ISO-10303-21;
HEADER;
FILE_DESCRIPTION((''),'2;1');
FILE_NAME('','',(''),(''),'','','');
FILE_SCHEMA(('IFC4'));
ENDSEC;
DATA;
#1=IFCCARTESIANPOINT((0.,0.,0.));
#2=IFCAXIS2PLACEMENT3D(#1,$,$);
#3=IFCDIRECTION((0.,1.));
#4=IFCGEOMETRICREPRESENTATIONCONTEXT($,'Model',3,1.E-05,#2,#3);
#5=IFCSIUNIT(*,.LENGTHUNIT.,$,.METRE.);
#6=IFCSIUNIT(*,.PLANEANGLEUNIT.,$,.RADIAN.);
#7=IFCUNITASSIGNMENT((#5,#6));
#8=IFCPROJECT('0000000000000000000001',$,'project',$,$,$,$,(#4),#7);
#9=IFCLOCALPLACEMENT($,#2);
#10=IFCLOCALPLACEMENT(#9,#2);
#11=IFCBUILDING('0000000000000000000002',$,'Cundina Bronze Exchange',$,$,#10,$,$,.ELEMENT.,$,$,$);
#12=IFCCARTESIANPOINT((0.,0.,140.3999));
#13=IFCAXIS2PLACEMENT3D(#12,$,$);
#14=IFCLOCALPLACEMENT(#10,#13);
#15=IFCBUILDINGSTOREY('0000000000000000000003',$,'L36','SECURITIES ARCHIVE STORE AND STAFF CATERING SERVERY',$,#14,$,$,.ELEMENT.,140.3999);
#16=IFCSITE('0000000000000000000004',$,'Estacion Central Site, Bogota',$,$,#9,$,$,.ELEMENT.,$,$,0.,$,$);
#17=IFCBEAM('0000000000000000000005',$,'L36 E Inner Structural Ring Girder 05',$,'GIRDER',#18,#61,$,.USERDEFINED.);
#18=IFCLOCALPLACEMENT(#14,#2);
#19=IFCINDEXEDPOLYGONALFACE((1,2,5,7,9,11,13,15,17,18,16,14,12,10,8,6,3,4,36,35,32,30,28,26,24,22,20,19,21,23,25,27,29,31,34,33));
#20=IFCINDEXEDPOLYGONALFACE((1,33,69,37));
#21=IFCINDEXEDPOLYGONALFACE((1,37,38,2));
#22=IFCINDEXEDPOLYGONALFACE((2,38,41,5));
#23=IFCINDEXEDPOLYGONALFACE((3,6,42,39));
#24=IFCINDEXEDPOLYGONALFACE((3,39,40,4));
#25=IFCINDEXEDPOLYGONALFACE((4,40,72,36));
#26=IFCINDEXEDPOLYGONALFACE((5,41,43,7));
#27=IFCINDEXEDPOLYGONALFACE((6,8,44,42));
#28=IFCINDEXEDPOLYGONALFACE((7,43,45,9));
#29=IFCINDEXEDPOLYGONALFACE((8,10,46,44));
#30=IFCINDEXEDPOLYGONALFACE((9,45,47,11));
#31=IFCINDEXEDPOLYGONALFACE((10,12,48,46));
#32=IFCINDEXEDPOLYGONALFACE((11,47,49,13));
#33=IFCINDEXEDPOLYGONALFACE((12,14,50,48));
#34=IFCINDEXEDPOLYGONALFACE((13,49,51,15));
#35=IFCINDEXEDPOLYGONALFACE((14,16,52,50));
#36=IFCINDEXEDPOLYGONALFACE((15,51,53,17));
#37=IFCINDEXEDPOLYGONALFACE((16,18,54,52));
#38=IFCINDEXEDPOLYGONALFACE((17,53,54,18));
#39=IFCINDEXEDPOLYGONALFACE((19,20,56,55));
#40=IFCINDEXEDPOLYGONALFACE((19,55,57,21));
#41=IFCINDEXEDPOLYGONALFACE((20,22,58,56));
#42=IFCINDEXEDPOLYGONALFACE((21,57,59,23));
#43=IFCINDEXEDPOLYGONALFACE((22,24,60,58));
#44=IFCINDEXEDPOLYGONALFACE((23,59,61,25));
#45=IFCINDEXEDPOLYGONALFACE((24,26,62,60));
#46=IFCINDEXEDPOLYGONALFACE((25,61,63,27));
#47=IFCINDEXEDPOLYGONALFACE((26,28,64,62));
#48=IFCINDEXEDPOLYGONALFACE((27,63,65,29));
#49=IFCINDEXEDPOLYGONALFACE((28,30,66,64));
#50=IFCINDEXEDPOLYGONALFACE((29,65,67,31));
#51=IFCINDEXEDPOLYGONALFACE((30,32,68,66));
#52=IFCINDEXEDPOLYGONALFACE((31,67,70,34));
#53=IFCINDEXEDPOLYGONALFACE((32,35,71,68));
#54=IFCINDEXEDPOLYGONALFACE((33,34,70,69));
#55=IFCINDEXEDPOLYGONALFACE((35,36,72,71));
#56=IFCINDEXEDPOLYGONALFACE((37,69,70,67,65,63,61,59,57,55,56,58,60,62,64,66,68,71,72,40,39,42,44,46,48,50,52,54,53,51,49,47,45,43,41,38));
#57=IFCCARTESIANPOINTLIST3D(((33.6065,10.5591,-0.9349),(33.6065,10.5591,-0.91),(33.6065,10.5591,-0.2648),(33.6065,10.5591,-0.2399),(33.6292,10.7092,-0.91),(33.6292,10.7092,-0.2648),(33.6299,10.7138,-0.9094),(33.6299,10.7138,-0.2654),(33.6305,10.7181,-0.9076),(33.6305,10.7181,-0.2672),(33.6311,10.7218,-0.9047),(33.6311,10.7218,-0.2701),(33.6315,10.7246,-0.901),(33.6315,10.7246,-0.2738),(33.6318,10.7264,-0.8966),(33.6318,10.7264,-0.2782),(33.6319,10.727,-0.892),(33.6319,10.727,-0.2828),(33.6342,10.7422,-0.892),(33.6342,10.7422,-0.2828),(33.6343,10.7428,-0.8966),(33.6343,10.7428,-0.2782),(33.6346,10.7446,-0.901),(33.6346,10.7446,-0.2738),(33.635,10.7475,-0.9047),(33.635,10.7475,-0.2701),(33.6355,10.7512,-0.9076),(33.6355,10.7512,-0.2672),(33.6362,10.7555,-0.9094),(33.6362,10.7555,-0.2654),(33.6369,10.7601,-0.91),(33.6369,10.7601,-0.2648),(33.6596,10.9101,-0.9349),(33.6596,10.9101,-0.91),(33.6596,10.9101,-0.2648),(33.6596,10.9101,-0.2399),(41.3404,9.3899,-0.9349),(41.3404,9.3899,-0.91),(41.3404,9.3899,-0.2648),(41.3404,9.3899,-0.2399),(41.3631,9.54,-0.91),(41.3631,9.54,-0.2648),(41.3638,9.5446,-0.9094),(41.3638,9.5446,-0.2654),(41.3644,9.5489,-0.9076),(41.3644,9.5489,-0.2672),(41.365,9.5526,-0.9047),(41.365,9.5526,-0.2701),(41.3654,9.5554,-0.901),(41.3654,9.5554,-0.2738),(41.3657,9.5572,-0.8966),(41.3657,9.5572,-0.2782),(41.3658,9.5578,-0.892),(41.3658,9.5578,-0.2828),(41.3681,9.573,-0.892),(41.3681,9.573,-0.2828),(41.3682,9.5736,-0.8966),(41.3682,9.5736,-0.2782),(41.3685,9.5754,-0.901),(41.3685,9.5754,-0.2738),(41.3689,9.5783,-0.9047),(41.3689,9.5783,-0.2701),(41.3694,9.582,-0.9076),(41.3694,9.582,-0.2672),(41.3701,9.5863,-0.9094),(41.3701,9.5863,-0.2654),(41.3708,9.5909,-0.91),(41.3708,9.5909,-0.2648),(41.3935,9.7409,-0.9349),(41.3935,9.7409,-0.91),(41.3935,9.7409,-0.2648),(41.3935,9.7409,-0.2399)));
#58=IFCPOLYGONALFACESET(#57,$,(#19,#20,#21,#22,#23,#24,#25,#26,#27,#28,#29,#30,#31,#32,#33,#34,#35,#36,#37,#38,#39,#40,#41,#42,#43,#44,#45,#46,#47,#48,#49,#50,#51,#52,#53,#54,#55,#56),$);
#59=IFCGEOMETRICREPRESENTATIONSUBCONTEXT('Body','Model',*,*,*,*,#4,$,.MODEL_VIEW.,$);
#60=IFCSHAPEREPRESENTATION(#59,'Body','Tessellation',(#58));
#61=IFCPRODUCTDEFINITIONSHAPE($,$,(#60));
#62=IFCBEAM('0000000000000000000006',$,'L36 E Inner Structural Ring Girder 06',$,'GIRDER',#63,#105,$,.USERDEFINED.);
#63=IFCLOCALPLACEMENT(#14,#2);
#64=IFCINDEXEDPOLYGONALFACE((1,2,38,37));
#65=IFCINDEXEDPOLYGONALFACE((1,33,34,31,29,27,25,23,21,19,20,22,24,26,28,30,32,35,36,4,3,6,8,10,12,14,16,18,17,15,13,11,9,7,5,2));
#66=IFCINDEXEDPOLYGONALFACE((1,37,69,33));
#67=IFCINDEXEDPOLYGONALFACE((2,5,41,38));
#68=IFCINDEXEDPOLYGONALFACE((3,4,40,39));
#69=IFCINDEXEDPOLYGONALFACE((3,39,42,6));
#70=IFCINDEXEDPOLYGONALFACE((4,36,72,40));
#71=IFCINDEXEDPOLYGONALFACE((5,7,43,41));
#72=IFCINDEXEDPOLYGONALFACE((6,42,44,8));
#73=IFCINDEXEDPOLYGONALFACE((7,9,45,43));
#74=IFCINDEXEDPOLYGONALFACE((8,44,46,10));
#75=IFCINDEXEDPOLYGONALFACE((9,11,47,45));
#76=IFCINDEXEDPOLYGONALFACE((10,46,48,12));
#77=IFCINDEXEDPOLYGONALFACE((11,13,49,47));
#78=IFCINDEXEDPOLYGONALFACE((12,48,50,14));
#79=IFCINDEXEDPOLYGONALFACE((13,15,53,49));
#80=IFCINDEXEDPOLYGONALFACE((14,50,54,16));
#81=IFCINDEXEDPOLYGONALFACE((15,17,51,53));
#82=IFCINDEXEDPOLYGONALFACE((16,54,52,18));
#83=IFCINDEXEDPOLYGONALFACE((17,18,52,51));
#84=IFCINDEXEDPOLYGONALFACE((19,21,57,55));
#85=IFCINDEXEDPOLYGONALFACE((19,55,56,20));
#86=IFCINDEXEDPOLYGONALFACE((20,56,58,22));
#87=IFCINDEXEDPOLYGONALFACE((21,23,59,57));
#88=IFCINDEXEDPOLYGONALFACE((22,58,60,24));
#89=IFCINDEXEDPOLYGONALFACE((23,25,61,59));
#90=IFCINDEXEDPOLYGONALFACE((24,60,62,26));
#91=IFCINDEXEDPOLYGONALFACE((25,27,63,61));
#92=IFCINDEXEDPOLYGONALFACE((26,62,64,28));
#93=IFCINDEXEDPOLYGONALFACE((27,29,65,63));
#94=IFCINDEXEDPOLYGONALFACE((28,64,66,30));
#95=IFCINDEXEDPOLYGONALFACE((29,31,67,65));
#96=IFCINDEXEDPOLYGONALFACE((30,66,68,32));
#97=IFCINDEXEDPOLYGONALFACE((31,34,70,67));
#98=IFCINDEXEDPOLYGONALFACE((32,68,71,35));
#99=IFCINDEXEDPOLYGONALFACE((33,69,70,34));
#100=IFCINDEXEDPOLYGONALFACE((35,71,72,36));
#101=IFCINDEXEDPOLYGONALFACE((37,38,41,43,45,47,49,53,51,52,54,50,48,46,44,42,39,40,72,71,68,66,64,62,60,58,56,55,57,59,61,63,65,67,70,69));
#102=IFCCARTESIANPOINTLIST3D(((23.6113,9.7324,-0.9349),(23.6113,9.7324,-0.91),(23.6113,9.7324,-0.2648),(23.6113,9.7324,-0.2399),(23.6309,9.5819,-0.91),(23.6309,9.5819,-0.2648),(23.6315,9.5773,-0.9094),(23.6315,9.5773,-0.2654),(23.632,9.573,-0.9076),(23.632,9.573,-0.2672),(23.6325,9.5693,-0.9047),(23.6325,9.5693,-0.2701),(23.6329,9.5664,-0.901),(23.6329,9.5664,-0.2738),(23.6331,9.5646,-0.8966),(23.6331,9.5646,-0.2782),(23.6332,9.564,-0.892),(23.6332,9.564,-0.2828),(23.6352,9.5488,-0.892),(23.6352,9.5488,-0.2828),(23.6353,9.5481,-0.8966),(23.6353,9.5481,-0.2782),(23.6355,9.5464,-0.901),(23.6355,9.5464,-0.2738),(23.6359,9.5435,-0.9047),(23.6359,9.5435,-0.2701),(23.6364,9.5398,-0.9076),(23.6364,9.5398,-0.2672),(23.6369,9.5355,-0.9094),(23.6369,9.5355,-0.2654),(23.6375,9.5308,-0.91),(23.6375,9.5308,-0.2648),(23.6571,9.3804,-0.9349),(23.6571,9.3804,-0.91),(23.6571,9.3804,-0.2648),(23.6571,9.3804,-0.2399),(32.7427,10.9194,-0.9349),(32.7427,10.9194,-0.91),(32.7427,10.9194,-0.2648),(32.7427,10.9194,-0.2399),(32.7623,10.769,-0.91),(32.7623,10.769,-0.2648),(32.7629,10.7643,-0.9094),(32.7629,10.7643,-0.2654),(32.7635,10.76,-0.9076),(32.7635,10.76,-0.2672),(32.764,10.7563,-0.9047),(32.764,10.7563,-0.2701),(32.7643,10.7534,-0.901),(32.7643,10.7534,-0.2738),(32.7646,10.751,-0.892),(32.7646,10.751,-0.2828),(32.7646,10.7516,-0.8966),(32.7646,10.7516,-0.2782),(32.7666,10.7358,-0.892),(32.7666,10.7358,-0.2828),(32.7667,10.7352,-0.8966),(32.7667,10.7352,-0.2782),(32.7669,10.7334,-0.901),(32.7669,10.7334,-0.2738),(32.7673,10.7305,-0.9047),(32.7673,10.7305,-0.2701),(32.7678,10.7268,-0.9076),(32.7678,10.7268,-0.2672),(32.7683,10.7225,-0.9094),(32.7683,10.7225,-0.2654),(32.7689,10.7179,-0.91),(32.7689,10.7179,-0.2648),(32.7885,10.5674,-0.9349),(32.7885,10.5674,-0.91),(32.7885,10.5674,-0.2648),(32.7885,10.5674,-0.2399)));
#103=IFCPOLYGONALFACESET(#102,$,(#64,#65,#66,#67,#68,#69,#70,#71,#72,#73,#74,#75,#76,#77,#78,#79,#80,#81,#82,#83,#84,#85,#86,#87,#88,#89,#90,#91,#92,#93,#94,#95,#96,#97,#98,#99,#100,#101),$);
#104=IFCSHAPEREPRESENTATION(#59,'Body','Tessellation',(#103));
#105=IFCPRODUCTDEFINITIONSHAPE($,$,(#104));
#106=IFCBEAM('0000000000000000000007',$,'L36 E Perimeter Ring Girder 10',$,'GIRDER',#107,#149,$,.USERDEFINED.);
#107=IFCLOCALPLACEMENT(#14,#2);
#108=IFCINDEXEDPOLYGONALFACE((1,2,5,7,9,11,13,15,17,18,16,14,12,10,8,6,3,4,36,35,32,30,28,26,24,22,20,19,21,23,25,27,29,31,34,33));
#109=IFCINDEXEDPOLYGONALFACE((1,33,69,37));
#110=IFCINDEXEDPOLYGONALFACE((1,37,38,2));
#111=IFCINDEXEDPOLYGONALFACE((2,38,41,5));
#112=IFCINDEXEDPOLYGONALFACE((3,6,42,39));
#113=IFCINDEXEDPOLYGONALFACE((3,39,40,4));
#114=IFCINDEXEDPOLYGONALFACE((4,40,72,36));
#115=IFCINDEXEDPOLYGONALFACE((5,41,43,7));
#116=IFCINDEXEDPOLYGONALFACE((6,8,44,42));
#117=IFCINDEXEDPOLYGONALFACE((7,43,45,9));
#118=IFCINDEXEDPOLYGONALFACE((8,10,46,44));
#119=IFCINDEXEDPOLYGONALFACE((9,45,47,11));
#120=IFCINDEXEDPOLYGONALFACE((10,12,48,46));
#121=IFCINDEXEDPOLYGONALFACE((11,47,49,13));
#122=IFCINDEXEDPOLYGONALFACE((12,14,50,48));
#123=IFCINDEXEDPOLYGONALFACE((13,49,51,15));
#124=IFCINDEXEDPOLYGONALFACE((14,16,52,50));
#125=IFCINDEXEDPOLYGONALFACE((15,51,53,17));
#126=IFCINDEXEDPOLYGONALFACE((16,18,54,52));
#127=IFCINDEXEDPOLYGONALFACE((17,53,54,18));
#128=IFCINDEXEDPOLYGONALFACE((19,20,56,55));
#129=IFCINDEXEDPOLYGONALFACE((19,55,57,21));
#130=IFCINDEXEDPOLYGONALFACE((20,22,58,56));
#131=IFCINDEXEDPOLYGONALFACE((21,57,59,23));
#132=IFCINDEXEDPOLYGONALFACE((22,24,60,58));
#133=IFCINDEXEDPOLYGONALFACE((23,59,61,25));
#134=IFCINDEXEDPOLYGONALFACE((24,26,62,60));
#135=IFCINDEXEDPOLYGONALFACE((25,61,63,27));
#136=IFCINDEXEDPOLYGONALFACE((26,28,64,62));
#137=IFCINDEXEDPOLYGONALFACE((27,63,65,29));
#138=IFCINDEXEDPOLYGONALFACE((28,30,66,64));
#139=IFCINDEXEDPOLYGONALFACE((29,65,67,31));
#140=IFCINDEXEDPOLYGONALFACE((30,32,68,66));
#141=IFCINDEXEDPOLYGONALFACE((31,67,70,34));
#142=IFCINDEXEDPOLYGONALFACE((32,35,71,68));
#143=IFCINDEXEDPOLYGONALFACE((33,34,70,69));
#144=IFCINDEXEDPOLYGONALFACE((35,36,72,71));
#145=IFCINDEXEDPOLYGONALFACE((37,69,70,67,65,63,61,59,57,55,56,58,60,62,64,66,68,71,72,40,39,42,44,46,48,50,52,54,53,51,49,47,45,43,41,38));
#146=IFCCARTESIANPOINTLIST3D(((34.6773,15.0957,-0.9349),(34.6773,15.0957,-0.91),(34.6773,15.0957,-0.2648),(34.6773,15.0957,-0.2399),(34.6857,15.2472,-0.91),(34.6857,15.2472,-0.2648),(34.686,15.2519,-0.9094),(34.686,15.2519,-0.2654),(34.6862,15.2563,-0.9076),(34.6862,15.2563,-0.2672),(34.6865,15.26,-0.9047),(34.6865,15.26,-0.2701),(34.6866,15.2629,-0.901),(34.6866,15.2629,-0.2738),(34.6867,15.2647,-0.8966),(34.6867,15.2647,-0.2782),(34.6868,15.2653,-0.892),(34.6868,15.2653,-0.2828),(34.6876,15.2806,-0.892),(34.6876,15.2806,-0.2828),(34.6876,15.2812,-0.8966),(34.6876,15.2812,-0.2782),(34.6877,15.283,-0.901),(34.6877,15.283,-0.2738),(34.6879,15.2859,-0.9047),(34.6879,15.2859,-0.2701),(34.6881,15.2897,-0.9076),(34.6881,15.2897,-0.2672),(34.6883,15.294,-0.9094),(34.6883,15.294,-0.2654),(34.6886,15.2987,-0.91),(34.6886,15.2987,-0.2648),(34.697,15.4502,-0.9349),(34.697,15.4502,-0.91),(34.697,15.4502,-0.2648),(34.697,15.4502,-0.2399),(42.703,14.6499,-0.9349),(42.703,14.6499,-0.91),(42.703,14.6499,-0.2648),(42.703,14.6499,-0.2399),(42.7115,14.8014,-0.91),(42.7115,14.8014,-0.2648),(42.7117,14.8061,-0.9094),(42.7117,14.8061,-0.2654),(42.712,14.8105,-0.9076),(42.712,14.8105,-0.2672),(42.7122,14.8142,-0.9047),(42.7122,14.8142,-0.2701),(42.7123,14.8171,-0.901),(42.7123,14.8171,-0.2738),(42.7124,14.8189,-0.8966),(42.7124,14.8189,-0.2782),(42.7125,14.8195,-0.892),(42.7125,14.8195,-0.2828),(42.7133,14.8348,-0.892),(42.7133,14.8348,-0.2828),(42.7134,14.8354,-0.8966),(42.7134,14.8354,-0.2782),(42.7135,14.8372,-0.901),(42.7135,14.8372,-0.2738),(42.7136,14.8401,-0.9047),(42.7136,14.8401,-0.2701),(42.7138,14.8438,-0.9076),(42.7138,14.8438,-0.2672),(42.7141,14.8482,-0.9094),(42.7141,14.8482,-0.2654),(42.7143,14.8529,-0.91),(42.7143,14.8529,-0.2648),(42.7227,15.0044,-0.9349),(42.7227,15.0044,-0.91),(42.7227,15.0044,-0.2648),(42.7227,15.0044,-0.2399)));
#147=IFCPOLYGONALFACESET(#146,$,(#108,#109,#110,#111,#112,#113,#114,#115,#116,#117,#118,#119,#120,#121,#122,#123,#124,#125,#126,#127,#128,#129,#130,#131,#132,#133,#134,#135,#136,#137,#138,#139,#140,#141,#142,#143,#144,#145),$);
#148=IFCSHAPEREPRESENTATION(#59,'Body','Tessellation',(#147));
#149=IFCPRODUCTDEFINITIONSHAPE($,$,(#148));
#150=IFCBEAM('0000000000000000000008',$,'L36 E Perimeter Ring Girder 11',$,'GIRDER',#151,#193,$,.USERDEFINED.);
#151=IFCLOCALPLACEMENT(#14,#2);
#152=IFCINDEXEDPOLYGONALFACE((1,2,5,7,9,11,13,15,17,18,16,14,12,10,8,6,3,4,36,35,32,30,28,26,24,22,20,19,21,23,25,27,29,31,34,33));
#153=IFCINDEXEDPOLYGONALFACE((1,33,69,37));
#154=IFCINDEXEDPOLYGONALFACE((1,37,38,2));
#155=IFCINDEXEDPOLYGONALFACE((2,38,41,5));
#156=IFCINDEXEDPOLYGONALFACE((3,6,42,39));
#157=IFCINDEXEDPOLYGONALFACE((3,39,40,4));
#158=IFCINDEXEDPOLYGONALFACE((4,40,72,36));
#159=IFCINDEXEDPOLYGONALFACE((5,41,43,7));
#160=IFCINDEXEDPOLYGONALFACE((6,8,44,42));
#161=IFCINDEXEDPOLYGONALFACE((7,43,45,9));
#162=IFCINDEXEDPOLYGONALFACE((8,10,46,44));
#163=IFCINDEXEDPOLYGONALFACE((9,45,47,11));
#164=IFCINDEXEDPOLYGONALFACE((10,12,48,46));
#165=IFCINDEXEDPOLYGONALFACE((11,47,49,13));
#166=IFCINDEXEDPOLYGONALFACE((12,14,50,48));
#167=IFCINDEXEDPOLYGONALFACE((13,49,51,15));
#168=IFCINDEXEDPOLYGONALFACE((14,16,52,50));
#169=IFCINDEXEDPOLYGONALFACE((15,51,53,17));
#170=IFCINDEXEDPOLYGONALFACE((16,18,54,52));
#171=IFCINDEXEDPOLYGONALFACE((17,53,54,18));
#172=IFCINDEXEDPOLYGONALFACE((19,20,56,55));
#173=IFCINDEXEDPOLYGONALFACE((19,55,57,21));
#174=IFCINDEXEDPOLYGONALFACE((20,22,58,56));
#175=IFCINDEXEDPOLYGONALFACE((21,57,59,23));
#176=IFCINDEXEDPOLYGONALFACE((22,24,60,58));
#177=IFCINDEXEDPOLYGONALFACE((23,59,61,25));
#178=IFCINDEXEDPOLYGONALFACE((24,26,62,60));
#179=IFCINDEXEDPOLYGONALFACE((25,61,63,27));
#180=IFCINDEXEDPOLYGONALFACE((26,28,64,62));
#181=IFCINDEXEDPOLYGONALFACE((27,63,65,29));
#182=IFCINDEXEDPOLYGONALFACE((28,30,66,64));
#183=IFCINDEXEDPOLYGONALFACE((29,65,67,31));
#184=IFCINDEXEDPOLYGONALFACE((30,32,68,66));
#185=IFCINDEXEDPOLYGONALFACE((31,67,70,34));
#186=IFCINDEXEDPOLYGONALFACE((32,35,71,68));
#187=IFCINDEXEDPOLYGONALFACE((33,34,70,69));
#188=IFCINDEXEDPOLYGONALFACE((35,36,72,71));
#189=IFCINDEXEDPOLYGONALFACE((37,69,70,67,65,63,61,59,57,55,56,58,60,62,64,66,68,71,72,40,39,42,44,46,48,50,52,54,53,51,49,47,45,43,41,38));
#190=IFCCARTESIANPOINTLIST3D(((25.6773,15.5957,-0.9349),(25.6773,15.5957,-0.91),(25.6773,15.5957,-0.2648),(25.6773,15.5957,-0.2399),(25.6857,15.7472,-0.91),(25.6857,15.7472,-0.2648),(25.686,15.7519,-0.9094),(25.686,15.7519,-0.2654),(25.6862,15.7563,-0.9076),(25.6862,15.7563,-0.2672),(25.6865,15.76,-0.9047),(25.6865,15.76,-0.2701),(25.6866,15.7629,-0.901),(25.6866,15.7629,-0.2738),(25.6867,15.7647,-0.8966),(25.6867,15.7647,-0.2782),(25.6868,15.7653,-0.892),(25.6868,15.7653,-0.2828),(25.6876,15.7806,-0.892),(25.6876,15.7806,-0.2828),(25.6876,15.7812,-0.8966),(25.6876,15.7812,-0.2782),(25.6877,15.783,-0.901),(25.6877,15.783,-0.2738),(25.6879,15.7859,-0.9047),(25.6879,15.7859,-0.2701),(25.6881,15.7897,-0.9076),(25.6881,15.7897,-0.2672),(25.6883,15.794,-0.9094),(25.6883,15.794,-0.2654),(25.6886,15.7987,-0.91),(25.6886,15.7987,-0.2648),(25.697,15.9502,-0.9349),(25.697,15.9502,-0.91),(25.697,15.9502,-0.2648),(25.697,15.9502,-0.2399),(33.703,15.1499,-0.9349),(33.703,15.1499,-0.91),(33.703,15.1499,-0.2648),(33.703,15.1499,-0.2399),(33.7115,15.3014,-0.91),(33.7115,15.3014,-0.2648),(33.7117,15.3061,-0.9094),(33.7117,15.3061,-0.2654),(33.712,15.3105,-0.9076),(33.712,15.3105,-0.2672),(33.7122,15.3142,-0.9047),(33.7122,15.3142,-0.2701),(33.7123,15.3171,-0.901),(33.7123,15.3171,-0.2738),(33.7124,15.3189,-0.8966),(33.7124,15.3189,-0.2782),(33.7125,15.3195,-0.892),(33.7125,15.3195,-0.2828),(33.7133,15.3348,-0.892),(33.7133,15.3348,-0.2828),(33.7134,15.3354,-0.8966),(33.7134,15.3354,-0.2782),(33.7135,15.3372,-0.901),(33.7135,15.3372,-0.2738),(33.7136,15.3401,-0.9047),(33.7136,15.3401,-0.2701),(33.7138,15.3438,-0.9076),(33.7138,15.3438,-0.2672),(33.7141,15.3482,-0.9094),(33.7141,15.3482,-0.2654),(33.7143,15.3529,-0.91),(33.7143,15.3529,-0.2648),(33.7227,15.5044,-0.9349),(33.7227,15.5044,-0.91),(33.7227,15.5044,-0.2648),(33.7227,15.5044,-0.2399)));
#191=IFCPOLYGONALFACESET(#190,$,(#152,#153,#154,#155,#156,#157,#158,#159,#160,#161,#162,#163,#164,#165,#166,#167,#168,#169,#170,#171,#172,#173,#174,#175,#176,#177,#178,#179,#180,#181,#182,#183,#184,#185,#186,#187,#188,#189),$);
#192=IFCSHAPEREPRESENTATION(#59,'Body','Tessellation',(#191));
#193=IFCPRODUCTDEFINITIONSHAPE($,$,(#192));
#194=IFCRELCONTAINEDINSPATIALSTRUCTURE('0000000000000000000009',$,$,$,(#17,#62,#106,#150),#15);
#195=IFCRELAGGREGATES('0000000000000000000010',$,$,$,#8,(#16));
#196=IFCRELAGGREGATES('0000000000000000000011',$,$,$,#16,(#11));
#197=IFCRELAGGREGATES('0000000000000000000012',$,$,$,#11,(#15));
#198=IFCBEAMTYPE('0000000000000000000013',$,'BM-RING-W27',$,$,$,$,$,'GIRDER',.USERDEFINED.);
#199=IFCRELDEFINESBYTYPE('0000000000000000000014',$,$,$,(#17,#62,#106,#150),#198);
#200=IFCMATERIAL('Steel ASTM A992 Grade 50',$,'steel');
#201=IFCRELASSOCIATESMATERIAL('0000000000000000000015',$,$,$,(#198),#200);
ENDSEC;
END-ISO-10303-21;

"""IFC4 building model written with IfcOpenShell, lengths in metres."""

from ifc_helpers import new_model, si_unit, direction, frame, origin, origin_2d, place, context, subcontext, project, spatial, i_section, extrude, material, material_profile, profile_set, type_object, element, save


model = new_model("IFC4")

# Units and contexts
model_context = context("Model", 3, precision=1e-05, world=origin(), true_north=direction((0.0, 1.0)))
body_context = subcontext(model_context, "Body", "Model", "MODEL_VIEW")
ifc_project = project(units=[si_unit("LENGTHUNIT", "METRE"), si_unit("PLANEANGLEUNIT", "RADIAN")], contexts=[model_context])

# Site, building, storey
site_placement = place(None, origin())
site = spatial("IfcSite", under=ifc_project, at=site_placement, Name="Estacion Central Site, Bogota", CompositionType="ELEMENT", RefElevation=0.0)
building_placement = place(site_placement, origin())
building = spatial("IfcBuilding", under=site, at=building_placement, Name="Cundina Bronze Exchange", CompositionType="ELEMENT")
storey_placement = place(building_placement, frame((0.0, 0.0, 140.3999)))
storey = spatial("IfcBuildingStorey", under=building, at=storey_placement, Name="L36", Description="SECURITIES ARCHIVE STORE AND STAFF CATERING SERVERY", CompositionType="ELEMENT", Elevation=140.3999)

# Beams
ifc_material_1 = material(Name="Steel ASTM A992 Grade 50", Category="steel")
ifc_material_profile_1 = material_profile(ifc_material_1, i_section(OverallWidth=0.355, OverallDepth=0.6951, WebThickness=0.0154, FlangeThickness=0.0249, FilletRadius=0.0181, at=origin_2d()), Name="W27X146", Category="steel")
ifc_profile_set_1 = profile_set([ifc_material_profile_1], Name="Steel ASTM A992 Grade 50")
beam_type_1 = type_object("IfcBeamType", Name="BM-RING-W27", ElementType="GIRDER", PredefinedType="USERDEFINED", material=ifc_profile_set_1)
beam_1_placement = place(storey_placement, frame((41.3669, 9.5654, -0.5874), z_axis=(-0.988765, 0.149479, 0.0), x_axis=(-0.149479, -0.988765, 0.0)))
element("IfcBeam", 1, at=beam_1_placement, inside=storey, type_object=beam_type_1, Name="L36 E Inner Structural Ring Girder 05", ObjectType="GIRDER", PredefinedType="USERDEFINED", context=body_context, shape_type="SweptSolid", body=[
    extrude(i_section(OverallWidth=0.355, OverallDepth=0.6951, WebThickness=0.0154, FlangeThickness=0.0249, FilletRadius=0.0181, at=origin_2d()), origin(), (0.0, 0.0, 1.0), 7.8218),
])
beam_2_placement = place(storey_placement, frame((32.7656, 10.7434, -0.5874), z_axis=(-0.991656, -0.128908, 0.0), x_axis=(0.128908, -0.991656, 0.0)))
element("IfcBeam", 2, at=beam_2_placement, inside=storey, type_object=beam_type_1, Name="L36 E Inner Structural Ring Girder 06", ObjectType="GIRDER", PredefinedType="USERDEFINED", context=body_context, shape_type="SweptSolid", body=[
    extrude(i_section(OverallWidth=0.355, OverallDepth=0.6951, WebThickness=0.0154, FlangeThickness=0.0249, FilletRadius=0.0181, at=origin_2d()), origin(), (0.0, 0.0, 1.0), 9.2083),
])
for number, where, z_axis, x_axis, name in (
    (3, (42.7129, 14.8271, -0.5874), (-0.998461, 0.055462, 0.0), (-0.055462, -0.998461, 0.0), "L36 E Perimeter Ring Girder 10"),
    (4, (33.7129, 15.3271, -0.5874), (-0.998461, 0.055462, 0.0), (-0.055462, -0.998461, 0.0), "L36 E Perimeter Ring Girder 11"),
):
    element("IfcBeam", number, at=place(storey_placement, frame(where, z_axis=z_axis, x_axis=x_axis)), inside=storey, type_object=beam_type_1, Name=name, ObjectType="GIRDER", PredefinedType="USERDEFINED", context=body_context, shape_type="SweptSolid", body=[
        extrude(i_section(OverallWidth=0.355, OverallDepth=0.6951, WebThickness=0.0154, FlangeThickness=0.0249, FilletRadius=0.0181, at=origin_2d()), origin(), (0.0, 0.0, 1.0), 8.0381),
    ])

save(model, "model.ifc")
